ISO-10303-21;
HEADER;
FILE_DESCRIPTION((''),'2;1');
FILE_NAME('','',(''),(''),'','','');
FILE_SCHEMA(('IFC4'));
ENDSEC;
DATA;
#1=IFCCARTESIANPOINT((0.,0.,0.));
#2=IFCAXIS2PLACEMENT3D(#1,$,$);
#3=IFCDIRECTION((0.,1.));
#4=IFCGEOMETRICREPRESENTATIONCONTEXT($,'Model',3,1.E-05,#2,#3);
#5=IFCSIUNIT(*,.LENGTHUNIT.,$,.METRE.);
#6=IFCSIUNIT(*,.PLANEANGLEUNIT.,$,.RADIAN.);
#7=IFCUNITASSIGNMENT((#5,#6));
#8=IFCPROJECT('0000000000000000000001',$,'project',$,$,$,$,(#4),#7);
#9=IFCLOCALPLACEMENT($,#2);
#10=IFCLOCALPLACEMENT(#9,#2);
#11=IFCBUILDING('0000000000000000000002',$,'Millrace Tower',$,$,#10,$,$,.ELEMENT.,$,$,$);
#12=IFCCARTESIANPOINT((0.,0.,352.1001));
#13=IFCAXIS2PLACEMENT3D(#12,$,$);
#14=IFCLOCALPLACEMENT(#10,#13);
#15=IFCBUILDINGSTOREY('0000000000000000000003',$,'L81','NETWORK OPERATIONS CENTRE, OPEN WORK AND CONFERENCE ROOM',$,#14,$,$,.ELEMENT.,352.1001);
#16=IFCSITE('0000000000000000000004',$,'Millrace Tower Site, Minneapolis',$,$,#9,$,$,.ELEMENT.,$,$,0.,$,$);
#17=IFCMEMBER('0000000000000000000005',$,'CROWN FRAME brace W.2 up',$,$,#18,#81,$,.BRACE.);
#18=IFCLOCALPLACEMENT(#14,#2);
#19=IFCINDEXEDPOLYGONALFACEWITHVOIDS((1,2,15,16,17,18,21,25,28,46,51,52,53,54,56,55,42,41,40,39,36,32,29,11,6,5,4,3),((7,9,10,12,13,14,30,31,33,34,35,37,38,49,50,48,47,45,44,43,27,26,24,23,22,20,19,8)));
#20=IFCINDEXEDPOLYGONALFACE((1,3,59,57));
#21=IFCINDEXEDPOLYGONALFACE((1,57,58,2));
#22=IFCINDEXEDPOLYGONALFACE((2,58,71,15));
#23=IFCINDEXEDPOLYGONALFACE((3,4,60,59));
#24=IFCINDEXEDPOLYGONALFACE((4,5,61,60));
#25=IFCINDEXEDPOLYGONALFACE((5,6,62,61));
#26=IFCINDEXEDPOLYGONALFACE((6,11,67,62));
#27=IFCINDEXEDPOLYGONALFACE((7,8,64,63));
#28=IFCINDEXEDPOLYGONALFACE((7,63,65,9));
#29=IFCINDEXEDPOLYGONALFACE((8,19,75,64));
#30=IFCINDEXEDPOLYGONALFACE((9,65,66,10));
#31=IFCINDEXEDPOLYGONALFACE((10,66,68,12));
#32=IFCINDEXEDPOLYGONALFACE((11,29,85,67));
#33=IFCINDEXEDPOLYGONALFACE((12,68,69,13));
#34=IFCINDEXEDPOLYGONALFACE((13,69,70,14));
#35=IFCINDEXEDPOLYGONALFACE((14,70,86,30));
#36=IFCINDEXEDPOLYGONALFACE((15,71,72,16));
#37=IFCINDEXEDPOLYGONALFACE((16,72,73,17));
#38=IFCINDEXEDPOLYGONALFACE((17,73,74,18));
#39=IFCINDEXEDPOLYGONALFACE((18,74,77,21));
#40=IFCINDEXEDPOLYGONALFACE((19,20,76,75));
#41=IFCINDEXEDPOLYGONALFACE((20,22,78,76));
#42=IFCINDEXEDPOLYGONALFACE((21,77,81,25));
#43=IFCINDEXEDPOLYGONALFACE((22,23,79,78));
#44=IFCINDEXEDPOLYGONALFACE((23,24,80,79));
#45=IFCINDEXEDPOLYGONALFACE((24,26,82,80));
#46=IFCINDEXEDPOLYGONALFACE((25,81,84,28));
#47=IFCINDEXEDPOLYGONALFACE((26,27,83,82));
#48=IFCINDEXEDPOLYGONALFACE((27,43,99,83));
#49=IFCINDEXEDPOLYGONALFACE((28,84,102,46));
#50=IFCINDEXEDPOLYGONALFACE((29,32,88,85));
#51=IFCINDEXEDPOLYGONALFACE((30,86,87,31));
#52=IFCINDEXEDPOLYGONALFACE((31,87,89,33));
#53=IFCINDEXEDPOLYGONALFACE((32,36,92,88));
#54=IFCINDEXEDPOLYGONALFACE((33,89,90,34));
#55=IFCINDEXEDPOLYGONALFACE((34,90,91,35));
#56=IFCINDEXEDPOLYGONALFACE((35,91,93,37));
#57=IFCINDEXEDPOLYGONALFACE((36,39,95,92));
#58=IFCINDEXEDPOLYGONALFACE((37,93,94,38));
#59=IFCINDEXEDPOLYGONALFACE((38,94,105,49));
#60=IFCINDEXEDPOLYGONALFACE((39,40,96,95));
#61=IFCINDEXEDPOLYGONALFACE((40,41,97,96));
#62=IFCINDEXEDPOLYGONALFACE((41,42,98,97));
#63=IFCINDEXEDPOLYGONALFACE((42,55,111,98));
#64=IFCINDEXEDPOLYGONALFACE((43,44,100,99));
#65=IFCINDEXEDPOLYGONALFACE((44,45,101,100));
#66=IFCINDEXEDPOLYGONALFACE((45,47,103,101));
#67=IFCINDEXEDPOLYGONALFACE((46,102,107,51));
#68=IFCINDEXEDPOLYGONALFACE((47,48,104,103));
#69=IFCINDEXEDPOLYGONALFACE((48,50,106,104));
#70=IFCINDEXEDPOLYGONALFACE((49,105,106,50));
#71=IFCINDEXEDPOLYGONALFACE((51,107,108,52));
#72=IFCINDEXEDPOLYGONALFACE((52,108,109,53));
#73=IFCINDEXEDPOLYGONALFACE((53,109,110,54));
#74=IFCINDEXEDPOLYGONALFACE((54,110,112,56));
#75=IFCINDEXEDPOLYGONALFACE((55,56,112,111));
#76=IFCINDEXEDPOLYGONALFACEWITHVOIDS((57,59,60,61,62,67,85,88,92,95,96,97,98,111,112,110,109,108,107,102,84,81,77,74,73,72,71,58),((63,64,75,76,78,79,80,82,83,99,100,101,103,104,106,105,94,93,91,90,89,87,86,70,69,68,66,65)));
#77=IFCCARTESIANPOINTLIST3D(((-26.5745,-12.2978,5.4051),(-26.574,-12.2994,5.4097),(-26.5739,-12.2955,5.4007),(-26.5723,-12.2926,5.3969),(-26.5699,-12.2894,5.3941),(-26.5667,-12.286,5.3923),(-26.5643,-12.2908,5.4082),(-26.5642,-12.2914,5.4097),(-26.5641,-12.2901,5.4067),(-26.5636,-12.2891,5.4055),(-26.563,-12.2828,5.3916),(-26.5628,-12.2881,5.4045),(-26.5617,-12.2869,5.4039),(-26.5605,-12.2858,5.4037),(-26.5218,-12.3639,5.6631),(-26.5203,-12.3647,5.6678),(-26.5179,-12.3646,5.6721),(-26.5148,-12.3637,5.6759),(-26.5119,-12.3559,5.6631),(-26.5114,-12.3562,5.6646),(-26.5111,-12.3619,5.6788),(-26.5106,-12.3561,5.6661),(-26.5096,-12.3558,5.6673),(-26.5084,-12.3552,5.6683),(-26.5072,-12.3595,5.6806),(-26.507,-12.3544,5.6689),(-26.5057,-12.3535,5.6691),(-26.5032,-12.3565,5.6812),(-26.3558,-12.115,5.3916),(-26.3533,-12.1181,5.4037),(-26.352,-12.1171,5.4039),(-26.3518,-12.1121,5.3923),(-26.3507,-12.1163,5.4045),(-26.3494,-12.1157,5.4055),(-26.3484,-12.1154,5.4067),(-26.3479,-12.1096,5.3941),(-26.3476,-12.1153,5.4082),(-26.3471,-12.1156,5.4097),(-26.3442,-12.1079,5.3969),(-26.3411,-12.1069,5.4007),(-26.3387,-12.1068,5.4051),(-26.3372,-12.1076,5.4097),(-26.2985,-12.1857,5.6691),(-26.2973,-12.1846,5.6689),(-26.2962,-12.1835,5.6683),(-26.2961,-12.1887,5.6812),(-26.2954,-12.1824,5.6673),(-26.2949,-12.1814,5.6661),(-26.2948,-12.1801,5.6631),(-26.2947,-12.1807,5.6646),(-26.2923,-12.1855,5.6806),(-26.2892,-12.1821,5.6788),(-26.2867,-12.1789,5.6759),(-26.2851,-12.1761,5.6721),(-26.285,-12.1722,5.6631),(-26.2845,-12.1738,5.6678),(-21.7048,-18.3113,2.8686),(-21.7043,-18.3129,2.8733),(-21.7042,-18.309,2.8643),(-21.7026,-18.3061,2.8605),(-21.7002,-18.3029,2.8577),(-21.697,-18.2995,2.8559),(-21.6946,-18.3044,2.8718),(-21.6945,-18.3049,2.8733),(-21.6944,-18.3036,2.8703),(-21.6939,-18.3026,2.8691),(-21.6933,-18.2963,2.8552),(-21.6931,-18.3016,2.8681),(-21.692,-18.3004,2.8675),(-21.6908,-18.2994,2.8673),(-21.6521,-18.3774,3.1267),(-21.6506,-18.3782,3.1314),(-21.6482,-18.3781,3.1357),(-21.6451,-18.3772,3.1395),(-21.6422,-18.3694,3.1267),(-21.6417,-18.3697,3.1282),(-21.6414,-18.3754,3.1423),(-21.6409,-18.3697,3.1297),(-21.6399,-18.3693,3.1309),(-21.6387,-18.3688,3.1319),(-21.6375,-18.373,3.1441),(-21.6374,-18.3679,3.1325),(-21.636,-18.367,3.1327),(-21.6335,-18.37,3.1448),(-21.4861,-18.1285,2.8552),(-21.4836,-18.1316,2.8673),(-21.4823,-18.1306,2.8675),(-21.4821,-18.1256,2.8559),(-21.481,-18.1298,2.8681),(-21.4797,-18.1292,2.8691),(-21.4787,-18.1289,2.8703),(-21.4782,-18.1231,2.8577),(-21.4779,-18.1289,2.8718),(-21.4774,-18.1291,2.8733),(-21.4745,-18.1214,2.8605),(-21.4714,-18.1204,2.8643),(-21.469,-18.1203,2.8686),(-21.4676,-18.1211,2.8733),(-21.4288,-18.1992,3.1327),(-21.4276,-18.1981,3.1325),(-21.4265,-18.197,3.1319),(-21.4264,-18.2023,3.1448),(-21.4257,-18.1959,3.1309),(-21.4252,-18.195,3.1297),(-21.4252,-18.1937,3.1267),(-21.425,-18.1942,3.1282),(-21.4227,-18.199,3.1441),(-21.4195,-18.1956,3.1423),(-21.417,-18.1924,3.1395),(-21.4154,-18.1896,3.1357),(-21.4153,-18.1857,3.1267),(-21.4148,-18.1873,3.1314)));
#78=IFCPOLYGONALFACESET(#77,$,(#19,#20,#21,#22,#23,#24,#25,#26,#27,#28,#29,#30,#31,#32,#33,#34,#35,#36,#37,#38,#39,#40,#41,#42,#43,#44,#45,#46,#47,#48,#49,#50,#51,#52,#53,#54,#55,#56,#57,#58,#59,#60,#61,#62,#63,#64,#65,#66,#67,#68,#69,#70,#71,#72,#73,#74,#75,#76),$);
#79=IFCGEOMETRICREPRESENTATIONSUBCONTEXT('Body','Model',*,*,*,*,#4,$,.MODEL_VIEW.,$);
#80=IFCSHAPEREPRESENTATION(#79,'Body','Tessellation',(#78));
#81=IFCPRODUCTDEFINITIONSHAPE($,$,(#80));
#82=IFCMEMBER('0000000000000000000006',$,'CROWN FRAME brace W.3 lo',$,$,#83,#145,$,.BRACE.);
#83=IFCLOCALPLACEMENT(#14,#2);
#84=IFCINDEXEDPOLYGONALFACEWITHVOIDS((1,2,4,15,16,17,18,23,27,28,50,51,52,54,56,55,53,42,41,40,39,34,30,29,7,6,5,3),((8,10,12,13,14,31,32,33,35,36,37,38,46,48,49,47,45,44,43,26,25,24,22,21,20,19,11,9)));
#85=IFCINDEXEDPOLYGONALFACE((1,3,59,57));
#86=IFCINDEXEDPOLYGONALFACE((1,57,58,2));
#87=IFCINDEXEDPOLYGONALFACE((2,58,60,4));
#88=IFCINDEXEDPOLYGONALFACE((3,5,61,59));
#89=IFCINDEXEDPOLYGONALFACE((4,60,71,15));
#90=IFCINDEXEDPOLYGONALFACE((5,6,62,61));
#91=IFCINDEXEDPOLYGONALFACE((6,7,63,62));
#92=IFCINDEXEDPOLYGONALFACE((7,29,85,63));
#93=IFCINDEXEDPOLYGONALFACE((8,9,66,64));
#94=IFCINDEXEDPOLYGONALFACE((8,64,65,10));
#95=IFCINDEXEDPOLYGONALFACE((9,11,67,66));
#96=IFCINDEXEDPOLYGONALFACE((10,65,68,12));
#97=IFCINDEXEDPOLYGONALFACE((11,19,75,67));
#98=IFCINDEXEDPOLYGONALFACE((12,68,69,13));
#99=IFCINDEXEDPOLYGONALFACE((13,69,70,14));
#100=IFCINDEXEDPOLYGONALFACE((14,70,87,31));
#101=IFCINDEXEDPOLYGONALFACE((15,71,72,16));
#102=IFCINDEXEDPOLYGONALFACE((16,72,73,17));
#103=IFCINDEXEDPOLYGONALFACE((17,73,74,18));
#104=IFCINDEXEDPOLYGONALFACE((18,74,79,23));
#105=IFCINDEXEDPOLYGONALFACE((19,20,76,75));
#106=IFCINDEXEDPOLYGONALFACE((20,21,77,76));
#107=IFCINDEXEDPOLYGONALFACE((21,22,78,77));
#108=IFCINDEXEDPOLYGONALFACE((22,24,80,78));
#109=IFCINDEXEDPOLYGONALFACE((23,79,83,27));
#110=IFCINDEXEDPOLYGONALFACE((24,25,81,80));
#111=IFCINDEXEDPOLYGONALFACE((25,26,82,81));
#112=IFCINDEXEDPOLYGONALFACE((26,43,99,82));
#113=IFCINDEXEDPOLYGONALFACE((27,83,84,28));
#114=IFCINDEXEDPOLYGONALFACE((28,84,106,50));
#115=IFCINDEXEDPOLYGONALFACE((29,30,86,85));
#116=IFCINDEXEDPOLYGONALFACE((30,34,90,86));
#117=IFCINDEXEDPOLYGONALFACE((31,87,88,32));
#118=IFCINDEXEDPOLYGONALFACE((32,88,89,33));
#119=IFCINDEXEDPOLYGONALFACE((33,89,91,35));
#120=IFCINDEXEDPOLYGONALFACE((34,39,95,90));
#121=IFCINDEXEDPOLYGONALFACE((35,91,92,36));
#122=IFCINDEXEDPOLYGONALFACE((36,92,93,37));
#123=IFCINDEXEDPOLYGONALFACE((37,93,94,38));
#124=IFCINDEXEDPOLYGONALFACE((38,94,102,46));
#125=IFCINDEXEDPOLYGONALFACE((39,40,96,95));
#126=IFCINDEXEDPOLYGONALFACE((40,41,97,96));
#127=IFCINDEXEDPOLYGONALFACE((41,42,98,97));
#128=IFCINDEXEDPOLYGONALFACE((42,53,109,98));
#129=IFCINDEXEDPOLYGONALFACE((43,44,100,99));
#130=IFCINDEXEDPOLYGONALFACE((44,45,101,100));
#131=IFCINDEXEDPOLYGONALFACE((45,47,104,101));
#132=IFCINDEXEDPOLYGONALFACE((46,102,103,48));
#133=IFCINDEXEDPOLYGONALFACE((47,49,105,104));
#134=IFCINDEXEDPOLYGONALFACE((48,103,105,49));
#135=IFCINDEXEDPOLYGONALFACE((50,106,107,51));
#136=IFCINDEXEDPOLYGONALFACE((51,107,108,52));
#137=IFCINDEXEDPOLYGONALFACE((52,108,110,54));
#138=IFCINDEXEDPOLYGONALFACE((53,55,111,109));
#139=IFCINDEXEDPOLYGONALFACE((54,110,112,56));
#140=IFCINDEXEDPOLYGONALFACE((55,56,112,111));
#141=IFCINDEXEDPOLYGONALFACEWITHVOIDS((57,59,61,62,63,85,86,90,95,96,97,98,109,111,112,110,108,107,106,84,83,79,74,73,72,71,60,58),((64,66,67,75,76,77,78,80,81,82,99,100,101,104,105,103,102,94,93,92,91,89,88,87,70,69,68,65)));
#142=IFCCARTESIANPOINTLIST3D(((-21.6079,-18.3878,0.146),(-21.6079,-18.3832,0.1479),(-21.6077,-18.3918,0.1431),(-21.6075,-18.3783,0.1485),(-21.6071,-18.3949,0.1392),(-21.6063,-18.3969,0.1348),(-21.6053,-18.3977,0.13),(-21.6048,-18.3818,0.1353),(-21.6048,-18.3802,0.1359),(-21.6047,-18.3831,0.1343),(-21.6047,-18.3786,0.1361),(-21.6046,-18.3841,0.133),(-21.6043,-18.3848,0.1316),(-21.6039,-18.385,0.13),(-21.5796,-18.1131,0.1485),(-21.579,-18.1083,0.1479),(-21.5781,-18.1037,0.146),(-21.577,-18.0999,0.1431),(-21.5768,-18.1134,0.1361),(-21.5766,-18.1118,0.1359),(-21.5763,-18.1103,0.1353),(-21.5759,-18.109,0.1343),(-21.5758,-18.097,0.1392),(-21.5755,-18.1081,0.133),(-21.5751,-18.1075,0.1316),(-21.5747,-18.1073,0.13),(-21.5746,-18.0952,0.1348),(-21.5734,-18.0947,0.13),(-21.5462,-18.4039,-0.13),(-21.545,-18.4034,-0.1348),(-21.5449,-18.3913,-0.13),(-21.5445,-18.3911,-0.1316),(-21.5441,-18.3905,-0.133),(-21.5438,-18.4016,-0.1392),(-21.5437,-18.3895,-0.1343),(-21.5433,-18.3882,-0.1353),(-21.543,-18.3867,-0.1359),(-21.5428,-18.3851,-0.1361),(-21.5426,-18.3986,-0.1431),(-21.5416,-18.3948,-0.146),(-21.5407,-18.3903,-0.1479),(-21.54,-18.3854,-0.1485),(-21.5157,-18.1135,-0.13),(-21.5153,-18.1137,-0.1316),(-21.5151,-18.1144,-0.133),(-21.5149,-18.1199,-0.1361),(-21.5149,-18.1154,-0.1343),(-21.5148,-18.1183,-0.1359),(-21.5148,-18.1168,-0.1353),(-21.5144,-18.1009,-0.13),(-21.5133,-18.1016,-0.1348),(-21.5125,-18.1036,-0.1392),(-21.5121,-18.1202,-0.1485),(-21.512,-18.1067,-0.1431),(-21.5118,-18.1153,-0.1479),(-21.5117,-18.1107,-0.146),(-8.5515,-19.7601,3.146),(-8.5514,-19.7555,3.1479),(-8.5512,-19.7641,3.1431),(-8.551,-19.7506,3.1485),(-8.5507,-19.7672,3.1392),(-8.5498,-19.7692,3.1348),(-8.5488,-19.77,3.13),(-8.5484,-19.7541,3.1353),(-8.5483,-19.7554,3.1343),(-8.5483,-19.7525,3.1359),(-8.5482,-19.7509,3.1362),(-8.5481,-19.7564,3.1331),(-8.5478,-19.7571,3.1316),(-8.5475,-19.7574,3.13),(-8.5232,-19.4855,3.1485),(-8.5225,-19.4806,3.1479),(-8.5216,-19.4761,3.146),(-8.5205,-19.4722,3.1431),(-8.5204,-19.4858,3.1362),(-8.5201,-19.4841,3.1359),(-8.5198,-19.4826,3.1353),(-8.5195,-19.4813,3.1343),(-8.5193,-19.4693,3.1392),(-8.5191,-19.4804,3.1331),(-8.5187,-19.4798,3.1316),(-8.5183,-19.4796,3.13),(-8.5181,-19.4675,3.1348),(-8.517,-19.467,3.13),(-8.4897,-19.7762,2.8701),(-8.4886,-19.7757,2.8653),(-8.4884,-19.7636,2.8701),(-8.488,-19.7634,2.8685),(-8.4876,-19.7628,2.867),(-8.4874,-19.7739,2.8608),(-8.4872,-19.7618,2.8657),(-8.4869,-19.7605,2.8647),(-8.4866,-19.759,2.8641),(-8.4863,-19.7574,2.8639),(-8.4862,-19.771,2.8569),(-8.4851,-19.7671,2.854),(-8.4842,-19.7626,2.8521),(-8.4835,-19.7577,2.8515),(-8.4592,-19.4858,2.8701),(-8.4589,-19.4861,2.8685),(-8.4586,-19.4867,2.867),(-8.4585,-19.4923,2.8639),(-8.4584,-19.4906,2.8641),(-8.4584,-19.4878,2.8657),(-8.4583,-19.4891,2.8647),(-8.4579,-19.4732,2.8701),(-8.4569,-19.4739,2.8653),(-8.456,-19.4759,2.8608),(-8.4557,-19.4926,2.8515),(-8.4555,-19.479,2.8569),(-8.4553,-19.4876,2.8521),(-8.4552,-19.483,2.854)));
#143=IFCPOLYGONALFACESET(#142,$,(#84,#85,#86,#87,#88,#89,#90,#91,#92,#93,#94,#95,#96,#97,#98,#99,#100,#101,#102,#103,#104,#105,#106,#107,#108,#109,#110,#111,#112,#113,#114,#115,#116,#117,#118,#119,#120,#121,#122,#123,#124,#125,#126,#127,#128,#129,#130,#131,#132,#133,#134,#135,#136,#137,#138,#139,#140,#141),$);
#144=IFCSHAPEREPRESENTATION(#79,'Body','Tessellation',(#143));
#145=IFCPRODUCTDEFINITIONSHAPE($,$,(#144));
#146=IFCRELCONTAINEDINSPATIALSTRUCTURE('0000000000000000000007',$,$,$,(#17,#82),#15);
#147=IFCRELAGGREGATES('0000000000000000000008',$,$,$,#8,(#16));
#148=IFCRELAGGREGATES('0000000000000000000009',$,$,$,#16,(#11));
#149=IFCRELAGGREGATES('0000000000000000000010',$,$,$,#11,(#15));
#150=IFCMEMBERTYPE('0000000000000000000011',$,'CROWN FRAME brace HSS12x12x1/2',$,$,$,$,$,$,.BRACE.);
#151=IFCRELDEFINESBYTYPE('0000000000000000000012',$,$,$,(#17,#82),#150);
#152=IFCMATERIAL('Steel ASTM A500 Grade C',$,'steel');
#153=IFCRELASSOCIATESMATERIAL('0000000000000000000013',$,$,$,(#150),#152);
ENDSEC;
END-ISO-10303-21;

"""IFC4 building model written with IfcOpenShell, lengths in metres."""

from ifc_helpers import new_model, si_unit, direction, frame, origin, origin_2d, place, context, subcontext, project, spatial, hollow_rectangle, extrude, material, material_profile, profile_set, type_object, element, save


model = new_model("IFC4")

# Units and contexts
model_context = context("Model", 3, precision=1e-05, world=origin(), true_north=direction((0.0, 1.0)))
body_context = subcontext(model_context, "Body", "Model", "MODEL_VIEW")
ifc_project = project(units=[si_unit("LENGTHUNIT", "METRE"), si_unit("PLANEANGLEUNIT", "RADIAN")], contexts=[model_context])

# Site, building, storey
site_placement = place(None, origin())
site = spatial("IfcSite", under=ifc_project, at=site_placement, Name="Millrace Tower Site, Minneapolis", CompositionType="ELEMENT", RefElevation=0.0)
building_placement = place(site_placement, origin())
building = spatial("IfcBuilding", under=site, at=building_placement, Name="Millrace Tower", CompositionType="ELEMENT")
storey_placement = place(building_placement, frame((0.0, 0.0, 352.1001)))
storey = spatial("IfcBuildingStorey", under=building, at=storey_placement, Name="L81", Description="NETWORK OPERATIONS CENTRE, OPEN WORK AND CONFERENCE ROOM", CompositionType="ELEMENT", Elevation=352.1001)

# Members
ifc_material_1 = material(Name="Steel ASTM A500 Grade C", Category="steel")
ifc_material_profile_1 = material_profile(ifc_material_1, hollow_rectangle(XDim=0.3047, YDim=0.3047, WallThickness=0.0127, InnerFilletRadius=0.0063, OuterFilletRadius=0.019, at=origin_2d()))
ifc_profile_set_1 = profile_set([ifc_material_profile_1], Name="Steel ASTM A500 Grade C")
member_type = type_object("IfcMemberType", Name="CROWN FRAME brace HSS12x12x1/2", PredefinedType="BRACE", material=ifc_profile_set_1)
member_1_placement = place(storey_placement, frame((-21.5598, -18.2493, 3.0), z_axis=(-0.598017, 0.738482, 0.311481), x_axis=(-0.777143, -0.629324, 0.0)))
element("IfcMember", 1, at=member_1_placement, inside=storey, type_object=member_type, Name="CROWN FRAME brace W.2 up", PredefinedType="BRACE", context=body_context, shape_type="SweptSolid", body=[
    extrude(hollow_rectangle(XDim=0.3047, YDim=0.3047, WallThickness=0.0127, InnerFilletRadius=0.0063, OuterFilletRadius=0.019, at=origin_2d()), origin(), (0.0, 0.0, 1.0), 8.1431),
])
member_2_placement = place(storey_placement, frame((-21.5598, -18.2493, 0.0), z_axis=(0.96953, -0.101904, 0.222771), x_axis=(0.104531, 0.994522, 0.0)))
element("IfcMember", 2, at=member_2_placement, inside=storey, type_object=member_type, Name="CROWN FRAME brace W.3 lo", PredefinedType="BRACE", context=body_context, shape_type="SweptSolid", body=[
    extrude(hollow_rectangle(XDim=0.3047, YDim=0.3047, WallThickness=0.0127, InnerFilletRadius=0.0063, OuterFilletRadius=0.019, at=origin_2d()), origin(), (0.0, 0.0, 1.0), 13.4668),
])

save(model, "model.ifc")
